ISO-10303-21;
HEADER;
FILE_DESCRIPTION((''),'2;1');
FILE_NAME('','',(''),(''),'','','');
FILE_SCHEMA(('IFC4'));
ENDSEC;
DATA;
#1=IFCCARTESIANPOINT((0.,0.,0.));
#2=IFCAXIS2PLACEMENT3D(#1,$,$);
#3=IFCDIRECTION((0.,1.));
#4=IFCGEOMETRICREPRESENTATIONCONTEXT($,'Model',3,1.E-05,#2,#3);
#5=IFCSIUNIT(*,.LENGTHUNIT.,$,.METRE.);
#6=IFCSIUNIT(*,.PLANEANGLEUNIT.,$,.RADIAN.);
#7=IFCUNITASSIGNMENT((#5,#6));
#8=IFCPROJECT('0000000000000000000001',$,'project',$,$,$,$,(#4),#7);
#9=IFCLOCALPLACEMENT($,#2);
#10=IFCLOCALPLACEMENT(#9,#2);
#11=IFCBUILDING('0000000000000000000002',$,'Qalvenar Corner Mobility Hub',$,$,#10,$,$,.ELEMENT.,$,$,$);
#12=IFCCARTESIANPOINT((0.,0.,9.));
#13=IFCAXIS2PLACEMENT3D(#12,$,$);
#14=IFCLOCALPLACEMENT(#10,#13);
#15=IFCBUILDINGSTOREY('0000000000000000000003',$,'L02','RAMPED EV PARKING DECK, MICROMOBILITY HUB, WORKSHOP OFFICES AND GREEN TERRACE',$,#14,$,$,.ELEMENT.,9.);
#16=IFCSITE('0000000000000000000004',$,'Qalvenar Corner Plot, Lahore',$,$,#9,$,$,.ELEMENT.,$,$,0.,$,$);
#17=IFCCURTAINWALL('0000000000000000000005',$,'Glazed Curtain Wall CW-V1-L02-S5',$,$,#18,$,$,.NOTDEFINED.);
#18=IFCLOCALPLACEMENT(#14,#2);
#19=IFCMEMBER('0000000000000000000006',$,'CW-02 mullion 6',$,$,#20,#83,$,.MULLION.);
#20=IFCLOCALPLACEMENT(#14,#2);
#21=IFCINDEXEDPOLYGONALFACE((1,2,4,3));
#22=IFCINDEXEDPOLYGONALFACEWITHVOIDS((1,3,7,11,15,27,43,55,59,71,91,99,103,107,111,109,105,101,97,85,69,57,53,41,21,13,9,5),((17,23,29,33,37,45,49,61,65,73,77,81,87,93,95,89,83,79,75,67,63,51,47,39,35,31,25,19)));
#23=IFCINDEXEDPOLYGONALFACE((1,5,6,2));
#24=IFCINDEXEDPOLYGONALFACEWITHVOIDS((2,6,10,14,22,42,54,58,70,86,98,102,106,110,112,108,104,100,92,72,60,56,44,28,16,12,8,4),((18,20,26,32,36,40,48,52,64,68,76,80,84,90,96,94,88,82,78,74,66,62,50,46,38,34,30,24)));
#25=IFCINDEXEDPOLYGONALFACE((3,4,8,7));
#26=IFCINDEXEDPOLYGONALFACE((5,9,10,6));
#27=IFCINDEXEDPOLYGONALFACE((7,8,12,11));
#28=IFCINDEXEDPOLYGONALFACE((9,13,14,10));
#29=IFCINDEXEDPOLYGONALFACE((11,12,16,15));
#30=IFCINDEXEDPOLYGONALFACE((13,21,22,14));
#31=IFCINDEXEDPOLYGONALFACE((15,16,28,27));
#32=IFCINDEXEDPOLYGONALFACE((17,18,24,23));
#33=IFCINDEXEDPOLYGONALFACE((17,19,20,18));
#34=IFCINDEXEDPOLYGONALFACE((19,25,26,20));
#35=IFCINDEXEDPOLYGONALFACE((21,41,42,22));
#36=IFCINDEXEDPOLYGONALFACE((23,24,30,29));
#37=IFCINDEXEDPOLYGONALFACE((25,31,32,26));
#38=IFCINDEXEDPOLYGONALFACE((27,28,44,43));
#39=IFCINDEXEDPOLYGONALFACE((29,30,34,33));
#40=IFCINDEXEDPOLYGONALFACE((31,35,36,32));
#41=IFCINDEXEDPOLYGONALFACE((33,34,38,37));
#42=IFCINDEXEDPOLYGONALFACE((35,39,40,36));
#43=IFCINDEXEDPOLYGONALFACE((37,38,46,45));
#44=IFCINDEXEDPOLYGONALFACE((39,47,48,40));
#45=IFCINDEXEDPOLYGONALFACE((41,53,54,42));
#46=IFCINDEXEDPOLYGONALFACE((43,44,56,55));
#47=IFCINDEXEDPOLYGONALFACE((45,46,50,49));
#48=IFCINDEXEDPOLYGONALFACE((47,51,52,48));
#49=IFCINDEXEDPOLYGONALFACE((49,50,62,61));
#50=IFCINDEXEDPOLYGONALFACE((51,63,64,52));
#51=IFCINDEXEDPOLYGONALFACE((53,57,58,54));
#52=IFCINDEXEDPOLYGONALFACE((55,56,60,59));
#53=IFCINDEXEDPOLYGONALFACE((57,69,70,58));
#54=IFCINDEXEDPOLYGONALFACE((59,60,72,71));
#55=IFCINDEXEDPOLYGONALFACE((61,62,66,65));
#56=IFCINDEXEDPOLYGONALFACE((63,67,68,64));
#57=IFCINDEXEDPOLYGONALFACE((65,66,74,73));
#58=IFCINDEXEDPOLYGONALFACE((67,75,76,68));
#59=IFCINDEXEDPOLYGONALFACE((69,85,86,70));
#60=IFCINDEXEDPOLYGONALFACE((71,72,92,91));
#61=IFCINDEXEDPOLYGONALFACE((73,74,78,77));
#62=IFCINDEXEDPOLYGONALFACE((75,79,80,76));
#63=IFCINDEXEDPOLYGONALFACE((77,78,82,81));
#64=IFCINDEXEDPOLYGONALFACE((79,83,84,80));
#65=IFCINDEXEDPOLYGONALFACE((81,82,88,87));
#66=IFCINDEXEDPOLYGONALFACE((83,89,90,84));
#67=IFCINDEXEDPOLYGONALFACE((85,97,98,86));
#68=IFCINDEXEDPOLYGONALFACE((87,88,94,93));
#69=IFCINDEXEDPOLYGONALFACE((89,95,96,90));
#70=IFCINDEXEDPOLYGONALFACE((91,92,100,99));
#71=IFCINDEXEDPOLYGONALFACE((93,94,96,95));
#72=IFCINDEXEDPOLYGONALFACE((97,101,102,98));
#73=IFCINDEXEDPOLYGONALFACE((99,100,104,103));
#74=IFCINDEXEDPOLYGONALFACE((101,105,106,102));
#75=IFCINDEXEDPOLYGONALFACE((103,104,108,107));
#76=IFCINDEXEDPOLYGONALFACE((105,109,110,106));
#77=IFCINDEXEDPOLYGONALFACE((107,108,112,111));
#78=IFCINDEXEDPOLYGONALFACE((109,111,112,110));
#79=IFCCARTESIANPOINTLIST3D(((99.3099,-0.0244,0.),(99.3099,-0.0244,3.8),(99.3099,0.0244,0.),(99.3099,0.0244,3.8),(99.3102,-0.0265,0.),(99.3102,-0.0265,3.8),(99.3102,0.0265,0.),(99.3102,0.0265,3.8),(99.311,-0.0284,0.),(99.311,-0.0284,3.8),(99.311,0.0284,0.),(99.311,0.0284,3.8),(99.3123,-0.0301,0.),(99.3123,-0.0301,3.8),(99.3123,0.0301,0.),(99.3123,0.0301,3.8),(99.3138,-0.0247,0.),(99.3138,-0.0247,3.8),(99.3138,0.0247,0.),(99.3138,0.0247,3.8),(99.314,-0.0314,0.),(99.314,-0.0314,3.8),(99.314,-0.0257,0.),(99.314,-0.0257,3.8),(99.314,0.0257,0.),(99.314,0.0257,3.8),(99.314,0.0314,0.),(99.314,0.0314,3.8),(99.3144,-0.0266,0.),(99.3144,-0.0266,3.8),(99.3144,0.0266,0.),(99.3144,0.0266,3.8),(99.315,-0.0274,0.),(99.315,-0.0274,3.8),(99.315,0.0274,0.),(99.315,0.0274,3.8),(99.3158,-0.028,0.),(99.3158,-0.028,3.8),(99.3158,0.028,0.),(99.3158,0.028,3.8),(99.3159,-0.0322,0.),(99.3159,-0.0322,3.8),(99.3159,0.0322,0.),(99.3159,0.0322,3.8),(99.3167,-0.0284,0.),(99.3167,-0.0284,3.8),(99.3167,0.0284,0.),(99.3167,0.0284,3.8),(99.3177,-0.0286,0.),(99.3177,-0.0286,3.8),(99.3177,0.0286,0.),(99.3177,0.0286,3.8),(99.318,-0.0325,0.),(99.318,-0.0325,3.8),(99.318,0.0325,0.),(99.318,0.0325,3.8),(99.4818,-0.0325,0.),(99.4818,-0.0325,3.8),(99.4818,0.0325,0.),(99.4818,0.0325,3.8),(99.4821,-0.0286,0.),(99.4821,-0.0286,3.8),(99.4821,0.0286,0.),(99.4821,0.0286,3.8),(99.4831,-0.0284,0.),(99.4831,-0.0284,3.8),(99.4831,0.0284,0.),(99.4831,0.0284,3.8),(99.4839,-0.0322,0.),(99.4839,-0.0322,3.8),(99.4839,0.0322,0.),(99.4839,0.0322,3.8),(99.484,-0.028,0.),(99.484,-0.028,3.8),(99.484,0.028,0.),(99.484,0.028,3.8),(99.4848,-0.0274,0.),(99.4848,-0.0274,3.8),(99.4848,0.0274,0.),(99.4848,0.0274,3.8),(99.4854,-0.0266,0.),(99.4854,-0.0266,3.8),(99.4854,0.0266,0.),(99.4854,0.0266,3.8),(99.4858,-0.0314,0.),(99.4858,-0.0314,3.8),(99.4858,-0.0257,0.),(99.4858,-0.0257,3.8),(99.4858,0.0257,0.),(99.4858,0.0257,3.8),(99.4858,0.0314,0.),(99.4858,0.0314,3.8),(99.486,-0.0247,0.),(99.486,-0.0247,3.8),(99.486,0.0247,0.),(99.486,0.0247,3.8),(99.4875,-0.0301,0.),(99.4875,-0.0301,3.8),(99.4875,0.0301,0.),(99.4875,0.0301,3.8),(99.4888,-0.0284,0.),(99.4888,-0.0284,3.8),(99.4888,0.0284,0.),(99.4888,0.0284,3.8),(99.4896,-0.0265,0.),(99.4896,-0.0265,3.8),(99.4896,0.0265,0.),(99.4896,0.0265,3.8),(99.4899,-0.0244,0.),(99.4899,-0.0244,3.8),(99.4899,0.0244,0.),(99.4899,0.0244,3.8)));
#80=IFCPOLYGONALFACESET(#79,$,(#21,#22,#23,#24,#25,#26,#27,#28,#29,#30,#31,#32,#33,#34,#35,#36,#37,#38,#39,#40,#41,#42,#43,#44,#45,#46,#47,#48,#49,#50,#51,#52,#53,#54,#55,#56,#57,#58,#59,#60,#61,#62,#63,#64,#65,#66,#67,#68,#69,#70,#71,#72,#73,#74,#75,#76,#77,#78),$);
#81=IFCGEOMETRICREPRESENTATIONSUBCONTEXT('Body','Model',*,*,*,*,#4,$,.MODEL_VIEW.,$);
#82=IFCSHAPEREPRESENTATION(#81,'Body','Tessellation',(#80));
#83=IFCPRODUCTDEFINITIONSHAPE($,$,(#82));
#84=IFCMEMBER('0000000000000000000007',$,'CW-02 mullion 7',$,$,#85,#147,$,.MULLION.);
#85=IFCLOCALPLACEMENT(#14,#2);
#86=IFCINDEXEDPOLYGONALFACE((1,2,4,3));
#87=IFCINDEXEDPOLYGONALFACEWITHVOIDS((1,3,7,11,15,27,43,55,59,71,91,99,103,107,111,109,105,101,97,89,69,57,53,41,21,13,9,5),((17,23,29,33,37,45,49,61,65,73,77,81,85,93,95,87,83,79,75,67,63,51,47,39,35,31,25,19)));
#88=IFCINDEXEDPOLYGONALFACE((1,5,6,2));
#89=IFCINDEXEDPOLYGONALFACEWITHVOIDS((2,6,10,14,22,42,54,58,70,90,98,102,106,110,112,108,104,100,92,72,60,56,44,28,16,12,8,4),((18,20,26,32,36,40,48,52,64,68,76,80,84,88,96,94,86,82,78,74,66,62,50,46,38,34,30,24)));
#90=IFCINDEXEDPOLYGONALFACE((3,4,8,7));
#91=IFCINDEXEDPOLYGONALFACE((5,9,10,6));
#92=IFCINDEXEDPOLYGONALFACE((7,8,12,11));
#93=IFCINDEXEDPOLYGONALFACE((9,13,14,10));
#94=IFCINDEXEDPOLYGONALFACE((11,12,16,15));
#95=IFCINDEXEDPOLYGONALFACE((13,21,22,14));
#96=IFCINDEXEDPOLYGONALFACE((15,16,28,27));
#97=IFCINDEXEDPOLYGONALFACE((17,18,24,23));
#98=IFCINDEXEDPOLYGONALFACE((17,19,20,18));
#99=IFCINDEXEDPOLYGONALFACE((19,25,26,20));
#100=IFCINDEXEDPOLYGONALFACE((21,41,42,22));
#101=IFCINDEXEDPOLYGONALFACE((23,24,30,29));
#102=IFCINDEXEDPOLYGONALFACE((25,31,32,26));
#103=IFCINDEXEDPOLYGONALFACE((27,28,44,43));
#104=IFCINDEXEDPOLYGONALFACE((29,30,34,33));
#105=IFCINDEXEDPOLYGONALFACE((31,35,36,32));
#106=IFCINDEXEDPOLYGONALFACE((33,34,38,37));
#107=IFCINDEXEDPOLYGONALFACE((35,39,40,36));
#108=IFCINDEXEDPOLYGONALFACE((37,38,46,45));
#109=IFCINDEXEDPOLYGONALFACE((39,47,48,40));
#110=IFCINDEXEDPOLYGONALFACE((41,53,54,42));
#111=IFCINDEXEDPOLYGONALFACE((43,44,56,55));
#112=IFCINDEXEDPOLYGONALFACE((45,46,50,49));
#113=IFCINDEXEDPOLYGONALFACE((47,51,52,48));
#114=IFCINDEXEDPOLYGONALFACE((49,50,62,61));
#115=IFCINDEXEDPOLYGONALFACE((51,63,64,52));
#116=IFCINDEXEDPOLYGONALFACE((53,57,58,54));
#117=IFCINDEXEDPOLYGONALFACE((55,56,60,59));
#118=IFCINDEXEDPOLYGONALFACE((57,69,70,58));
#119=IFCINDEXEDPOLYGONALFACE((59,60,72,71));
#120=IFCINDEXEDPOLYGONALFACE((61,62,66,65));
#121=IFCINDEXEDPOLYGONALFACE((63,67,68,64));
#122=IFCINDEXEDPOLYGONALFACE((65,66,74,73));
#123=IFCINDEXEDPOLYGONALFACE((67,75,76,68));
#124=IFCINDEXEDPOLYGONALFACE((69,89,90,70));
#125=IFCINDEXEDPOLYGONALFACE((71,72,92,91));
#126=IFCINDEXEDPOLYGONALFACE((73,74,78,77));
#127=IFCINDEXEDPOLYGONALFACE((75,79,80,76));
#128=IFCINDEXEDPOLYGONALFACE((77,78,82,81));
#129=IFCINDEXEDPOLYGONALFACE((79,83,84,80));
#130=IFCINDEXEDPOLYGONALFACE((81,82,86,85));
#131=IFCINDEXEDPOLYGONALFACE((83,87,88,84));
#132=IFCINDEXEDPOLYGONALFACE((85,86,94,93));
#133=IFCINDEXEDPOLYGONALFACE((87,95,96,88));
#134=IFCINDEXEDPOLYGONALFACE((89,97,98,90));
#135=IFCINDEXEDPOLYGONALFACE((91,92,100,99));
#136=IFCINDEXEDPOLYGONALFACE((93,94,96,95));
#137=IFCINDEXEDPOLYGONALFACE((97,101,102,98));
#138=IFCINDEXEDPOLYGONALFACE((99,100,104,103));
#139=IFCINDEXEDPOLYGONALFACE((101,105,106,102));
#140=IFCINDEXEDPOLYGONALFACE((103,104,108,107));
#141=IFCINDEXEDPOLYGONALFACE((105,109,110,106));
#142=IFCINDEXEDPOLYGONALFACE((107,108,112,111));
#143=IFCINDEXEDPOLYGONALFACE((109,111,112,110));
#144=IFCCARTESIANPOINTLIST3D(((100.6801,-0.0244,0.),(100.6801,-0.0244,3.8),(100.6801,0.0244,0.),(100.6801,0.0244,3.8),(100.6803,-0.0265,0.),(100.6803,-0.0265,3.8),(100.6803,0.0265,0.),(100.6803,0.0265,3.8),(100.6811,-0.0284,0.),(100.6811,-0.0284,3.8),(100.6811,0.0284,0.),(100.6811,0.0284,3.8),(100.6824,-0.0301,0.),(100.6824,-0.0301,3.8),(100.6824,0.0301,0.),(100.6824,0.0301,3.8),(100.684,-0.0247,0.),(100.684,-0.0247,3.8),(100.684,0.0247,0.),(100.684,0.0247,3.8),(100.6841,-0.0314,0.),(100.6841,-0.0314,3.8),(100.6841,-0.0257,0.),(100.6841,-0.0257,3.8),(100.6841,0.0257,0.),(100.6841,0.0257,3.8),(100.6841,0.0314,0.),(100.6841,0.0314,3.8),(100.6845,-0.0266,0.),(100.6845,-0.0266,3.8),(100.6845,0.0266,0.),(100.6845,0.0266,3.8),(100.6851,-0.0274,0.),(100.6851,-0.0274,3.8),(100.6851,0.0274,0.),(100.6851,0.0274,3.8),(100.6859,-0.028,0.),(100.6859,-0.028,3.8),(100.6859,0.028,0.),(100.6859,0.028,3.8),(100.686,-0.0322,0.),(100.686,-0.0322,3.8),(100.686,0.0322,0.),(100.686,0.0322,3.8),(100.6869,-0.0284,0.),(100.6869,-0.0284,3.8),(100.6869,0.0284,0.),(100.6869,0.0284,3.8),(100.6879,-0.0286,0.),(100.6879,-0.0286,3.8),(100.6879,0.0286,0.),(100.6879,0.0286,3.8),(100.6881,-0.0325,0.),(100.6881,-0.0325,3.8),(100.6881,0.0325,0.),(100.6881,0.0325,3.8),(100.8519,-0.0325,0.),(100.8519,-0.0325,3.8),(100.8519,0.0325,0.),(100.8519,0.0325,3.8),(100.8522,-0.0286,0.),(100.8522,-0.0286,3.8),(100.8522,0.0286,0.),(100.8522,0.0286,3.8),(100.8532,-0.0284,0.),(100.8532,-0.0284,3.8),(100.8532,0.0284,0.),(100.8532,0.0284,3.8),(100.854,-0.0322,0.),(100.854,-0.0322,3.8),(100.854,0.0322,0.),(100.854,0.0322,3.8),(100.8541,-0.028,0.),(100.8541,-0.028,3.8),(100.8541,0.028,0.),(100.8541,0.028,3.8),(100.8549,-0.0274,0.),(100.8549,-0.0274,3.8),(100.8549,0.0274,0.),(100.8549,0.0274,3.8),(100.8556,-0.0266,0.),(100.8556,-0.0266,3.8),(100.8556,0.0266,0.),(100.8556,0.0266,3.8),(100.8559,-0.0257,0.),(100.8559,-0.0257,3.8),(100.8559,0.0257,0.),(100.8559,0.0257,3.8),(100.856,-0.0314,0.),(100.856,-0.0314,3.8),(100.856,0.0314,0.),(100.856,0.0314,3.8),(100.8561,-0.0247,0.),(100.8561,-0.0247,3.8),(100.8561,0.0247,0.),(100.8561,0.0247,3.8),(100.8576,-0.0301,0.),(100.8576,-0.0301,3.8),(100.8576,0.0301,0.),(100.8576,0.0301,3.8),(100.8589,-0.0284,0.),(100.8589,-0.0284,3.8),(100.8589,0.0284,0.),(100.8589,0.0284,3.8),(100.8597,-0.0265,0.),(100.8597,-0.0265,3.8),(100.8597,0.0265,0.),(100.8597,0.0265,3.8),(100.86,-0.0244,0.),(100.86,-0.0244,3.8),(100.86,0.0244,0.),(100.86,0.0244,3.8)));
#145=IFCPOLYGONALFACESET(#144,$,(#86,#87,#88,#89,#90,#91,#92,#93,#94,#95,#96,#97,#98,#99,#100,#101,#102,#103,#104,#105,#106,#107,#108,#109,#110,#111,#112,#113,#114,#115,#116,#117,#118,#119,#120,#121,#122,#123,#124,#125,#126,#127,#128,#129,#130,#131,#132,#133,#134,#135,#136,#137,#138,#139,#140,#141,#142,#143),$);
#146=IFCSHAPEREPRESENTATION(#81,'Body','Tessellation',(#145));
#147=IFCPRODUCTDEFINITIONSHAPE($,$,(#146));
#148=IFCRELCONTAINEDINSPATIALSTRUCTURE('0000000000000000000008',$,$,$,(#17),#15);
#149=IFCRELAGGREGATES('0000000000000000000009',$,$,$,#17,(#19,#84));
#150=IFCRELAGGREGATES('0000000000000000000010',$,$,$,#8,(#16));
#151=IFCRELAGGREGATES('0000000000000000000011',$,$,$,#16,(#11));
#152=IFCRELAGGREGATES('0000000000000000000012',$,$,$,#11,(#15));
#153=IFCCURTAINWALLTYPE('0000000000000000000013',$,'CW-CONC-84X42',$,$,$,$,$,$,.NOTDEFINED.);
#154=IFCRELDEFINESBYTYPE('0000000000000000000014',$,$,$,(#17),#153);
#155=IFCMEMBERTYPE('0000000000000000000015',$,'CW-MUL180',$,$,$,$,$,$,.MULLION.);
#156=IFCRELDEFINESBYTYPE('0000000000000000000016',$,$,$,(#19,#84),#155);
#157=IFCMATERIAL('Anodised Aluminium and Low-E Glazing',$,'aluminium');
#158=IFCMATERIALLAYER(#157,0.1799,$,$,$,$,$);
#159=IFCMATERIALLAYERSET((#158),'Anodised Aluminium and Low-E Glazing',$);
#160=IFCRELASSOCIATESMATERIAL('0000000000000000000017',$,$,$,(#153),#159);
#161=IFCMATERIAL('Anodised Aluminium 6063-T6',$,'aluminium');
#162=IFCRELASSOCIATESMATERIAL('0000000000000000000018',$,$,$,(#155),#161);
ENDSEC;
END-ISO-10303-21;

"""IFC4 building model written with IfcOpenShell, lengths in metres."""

from ifc_helpers import new_model, si_unit, direction, frame, origin, origin_2d, place, context, subcontext, project, spatial, hollow_rectangle, extrude, material, layer, layer_set, material_profile, profile_set, type_object, element, aggregate, save


model = new_model("IFC4")

# Units and contexts
model_context = context("Model", 3, precision=1e-05, world=origin(), true_north=direction((0.0, 1.0)))
body_context = subcontext(model_context, "Body", "Model", "MODEL_VIEW")
ifc_project = project(units=[si_unit("LENGTHUNIT", "METRE"), si_unit("PLANEANGLEUNIT", "RADIAN")], contexts=[model_context])

# Site, building, storey
site_placement = place(None, origin())
site = spatial("IfcSite", under=ifc_project, at=site_placement, Name="Qalvenar Corner Plot, Lahore", CompositionType="ELEMENT", RefElevation=0.0)
building_placement = place(site_placement, origin())
building = spatial("IfcBuilding", under=site, at=building_placement, Name="Qalvenar Corner Mobility Hub", CompositionType="ELEMENT")
storey_placement = place(building_placement, frame((0.0, 0.0, 9.0)))
storey = spatial("IfcBuildingStorey", under=building, at=storey_placement, Name="L02", Description="RAMPED EV PARKING DECK, MICROMOBILITY HUB, WORKSHOP OFFICES AND GREEN TERRACE", CompositionType="ELEMENT", Elevation=9.0)

# Curtain wall, members
ifc_material_1 = material(Name="Anodised Aluminium and Low-E Glazing", Category="aluminium")
ifc_layer_1 = layer(ifc_material_1, 0.1799)
ifc_layer_set_1 = layer_set([ifc_layer_1], Name="Anodised Aluminium and Low-E Glazing")
curtain_wall_type = type_object("IfcCurtainWallType", Name="CW-CONC-84X42", PredefinedType="NOTDEFINED", material=ifc_layer_set_1)
curtain_wall_1_placement = place(storey_placement, origin())
curtain_wall_1 = element("IfcCurtainWall", 1, at=curtain_wall_1_placement, inside=storey, type_object=curtain_wall_type, Name="Glazed Curtain Wall CW-V1-L02-S5", PredefinedType="NOTDEFINED")
ifc_material_2 = material(Name="Anodised Aluminium 6063-T6", Category="aluminium")
ifc_material_profile_1 = material_profile(ifc_material_2, hollow_rectangle(XDim=0.0649, YDim=0.1799, WallThickness=0.0039, InnerFilletRadius=0.0039, OuterFilletRadius=0.0081, at=origin_2d()), Name="RHS180x65x4")
ifc_profile_set_1 = profile_set([ifc_material_profile_1], Name="Anodised Aluminium 6063-T6")
member_type_1 = type_object("IfcMemberType", Name="CW-MUL180", PredefinedType="MULLION", material=ifc_profile_set_1)
member_1_placement = place(storey_placement, frame((99.3999, 0.0, 0.0), z_axis=(0.0, 0.0, 1.0), x_axis=(0.0, 1.0, 0.0)))
member_1 = element("IfcMember", 2, at=member_1_placement, type_object=member_type_1, Name="CW-02 mullion 6", PredefinedType="MULLION", context=body_context, shape_type="SweptSolid", body=[
    extrude(hollow_rectangle(XDim=0.0649, YDim=0.1799, WallThickness=0.0039, InnerFilletRadius=0.0039, OuterFilletRadius=0.0081, at=origin_2d()), origin(), (0.0, 0.0, 1.0), 3.8),
])
member_2_placement = place(storey_placement, frame((100.77, 0.0, 0.0), z_axis=(0.0, 0.0, 1.0), x_axis=(0.0, 1.0, 0.0)))
member_2 = element("IfcMember", 3, at=member_2_placement, type_object=member_type_1, Name="CW-02 mullion 7", PredefinedType="MULLION", context=body_context, shape_type="SweptSolid", body=[
    extrude(hollow_rectangle(XDim=0.0649, YDim=0.1799, WallThickness=0.0039, InnerFilletRadius=0.0039, OuterFilletRadius=0.0081, at=origin_2d()), origin(), (0.0, 0.0, 1.0), 3.8),
])

aggregate(curtain_wall_1, [member_1, member_2])

save(model, "model.ifc")
